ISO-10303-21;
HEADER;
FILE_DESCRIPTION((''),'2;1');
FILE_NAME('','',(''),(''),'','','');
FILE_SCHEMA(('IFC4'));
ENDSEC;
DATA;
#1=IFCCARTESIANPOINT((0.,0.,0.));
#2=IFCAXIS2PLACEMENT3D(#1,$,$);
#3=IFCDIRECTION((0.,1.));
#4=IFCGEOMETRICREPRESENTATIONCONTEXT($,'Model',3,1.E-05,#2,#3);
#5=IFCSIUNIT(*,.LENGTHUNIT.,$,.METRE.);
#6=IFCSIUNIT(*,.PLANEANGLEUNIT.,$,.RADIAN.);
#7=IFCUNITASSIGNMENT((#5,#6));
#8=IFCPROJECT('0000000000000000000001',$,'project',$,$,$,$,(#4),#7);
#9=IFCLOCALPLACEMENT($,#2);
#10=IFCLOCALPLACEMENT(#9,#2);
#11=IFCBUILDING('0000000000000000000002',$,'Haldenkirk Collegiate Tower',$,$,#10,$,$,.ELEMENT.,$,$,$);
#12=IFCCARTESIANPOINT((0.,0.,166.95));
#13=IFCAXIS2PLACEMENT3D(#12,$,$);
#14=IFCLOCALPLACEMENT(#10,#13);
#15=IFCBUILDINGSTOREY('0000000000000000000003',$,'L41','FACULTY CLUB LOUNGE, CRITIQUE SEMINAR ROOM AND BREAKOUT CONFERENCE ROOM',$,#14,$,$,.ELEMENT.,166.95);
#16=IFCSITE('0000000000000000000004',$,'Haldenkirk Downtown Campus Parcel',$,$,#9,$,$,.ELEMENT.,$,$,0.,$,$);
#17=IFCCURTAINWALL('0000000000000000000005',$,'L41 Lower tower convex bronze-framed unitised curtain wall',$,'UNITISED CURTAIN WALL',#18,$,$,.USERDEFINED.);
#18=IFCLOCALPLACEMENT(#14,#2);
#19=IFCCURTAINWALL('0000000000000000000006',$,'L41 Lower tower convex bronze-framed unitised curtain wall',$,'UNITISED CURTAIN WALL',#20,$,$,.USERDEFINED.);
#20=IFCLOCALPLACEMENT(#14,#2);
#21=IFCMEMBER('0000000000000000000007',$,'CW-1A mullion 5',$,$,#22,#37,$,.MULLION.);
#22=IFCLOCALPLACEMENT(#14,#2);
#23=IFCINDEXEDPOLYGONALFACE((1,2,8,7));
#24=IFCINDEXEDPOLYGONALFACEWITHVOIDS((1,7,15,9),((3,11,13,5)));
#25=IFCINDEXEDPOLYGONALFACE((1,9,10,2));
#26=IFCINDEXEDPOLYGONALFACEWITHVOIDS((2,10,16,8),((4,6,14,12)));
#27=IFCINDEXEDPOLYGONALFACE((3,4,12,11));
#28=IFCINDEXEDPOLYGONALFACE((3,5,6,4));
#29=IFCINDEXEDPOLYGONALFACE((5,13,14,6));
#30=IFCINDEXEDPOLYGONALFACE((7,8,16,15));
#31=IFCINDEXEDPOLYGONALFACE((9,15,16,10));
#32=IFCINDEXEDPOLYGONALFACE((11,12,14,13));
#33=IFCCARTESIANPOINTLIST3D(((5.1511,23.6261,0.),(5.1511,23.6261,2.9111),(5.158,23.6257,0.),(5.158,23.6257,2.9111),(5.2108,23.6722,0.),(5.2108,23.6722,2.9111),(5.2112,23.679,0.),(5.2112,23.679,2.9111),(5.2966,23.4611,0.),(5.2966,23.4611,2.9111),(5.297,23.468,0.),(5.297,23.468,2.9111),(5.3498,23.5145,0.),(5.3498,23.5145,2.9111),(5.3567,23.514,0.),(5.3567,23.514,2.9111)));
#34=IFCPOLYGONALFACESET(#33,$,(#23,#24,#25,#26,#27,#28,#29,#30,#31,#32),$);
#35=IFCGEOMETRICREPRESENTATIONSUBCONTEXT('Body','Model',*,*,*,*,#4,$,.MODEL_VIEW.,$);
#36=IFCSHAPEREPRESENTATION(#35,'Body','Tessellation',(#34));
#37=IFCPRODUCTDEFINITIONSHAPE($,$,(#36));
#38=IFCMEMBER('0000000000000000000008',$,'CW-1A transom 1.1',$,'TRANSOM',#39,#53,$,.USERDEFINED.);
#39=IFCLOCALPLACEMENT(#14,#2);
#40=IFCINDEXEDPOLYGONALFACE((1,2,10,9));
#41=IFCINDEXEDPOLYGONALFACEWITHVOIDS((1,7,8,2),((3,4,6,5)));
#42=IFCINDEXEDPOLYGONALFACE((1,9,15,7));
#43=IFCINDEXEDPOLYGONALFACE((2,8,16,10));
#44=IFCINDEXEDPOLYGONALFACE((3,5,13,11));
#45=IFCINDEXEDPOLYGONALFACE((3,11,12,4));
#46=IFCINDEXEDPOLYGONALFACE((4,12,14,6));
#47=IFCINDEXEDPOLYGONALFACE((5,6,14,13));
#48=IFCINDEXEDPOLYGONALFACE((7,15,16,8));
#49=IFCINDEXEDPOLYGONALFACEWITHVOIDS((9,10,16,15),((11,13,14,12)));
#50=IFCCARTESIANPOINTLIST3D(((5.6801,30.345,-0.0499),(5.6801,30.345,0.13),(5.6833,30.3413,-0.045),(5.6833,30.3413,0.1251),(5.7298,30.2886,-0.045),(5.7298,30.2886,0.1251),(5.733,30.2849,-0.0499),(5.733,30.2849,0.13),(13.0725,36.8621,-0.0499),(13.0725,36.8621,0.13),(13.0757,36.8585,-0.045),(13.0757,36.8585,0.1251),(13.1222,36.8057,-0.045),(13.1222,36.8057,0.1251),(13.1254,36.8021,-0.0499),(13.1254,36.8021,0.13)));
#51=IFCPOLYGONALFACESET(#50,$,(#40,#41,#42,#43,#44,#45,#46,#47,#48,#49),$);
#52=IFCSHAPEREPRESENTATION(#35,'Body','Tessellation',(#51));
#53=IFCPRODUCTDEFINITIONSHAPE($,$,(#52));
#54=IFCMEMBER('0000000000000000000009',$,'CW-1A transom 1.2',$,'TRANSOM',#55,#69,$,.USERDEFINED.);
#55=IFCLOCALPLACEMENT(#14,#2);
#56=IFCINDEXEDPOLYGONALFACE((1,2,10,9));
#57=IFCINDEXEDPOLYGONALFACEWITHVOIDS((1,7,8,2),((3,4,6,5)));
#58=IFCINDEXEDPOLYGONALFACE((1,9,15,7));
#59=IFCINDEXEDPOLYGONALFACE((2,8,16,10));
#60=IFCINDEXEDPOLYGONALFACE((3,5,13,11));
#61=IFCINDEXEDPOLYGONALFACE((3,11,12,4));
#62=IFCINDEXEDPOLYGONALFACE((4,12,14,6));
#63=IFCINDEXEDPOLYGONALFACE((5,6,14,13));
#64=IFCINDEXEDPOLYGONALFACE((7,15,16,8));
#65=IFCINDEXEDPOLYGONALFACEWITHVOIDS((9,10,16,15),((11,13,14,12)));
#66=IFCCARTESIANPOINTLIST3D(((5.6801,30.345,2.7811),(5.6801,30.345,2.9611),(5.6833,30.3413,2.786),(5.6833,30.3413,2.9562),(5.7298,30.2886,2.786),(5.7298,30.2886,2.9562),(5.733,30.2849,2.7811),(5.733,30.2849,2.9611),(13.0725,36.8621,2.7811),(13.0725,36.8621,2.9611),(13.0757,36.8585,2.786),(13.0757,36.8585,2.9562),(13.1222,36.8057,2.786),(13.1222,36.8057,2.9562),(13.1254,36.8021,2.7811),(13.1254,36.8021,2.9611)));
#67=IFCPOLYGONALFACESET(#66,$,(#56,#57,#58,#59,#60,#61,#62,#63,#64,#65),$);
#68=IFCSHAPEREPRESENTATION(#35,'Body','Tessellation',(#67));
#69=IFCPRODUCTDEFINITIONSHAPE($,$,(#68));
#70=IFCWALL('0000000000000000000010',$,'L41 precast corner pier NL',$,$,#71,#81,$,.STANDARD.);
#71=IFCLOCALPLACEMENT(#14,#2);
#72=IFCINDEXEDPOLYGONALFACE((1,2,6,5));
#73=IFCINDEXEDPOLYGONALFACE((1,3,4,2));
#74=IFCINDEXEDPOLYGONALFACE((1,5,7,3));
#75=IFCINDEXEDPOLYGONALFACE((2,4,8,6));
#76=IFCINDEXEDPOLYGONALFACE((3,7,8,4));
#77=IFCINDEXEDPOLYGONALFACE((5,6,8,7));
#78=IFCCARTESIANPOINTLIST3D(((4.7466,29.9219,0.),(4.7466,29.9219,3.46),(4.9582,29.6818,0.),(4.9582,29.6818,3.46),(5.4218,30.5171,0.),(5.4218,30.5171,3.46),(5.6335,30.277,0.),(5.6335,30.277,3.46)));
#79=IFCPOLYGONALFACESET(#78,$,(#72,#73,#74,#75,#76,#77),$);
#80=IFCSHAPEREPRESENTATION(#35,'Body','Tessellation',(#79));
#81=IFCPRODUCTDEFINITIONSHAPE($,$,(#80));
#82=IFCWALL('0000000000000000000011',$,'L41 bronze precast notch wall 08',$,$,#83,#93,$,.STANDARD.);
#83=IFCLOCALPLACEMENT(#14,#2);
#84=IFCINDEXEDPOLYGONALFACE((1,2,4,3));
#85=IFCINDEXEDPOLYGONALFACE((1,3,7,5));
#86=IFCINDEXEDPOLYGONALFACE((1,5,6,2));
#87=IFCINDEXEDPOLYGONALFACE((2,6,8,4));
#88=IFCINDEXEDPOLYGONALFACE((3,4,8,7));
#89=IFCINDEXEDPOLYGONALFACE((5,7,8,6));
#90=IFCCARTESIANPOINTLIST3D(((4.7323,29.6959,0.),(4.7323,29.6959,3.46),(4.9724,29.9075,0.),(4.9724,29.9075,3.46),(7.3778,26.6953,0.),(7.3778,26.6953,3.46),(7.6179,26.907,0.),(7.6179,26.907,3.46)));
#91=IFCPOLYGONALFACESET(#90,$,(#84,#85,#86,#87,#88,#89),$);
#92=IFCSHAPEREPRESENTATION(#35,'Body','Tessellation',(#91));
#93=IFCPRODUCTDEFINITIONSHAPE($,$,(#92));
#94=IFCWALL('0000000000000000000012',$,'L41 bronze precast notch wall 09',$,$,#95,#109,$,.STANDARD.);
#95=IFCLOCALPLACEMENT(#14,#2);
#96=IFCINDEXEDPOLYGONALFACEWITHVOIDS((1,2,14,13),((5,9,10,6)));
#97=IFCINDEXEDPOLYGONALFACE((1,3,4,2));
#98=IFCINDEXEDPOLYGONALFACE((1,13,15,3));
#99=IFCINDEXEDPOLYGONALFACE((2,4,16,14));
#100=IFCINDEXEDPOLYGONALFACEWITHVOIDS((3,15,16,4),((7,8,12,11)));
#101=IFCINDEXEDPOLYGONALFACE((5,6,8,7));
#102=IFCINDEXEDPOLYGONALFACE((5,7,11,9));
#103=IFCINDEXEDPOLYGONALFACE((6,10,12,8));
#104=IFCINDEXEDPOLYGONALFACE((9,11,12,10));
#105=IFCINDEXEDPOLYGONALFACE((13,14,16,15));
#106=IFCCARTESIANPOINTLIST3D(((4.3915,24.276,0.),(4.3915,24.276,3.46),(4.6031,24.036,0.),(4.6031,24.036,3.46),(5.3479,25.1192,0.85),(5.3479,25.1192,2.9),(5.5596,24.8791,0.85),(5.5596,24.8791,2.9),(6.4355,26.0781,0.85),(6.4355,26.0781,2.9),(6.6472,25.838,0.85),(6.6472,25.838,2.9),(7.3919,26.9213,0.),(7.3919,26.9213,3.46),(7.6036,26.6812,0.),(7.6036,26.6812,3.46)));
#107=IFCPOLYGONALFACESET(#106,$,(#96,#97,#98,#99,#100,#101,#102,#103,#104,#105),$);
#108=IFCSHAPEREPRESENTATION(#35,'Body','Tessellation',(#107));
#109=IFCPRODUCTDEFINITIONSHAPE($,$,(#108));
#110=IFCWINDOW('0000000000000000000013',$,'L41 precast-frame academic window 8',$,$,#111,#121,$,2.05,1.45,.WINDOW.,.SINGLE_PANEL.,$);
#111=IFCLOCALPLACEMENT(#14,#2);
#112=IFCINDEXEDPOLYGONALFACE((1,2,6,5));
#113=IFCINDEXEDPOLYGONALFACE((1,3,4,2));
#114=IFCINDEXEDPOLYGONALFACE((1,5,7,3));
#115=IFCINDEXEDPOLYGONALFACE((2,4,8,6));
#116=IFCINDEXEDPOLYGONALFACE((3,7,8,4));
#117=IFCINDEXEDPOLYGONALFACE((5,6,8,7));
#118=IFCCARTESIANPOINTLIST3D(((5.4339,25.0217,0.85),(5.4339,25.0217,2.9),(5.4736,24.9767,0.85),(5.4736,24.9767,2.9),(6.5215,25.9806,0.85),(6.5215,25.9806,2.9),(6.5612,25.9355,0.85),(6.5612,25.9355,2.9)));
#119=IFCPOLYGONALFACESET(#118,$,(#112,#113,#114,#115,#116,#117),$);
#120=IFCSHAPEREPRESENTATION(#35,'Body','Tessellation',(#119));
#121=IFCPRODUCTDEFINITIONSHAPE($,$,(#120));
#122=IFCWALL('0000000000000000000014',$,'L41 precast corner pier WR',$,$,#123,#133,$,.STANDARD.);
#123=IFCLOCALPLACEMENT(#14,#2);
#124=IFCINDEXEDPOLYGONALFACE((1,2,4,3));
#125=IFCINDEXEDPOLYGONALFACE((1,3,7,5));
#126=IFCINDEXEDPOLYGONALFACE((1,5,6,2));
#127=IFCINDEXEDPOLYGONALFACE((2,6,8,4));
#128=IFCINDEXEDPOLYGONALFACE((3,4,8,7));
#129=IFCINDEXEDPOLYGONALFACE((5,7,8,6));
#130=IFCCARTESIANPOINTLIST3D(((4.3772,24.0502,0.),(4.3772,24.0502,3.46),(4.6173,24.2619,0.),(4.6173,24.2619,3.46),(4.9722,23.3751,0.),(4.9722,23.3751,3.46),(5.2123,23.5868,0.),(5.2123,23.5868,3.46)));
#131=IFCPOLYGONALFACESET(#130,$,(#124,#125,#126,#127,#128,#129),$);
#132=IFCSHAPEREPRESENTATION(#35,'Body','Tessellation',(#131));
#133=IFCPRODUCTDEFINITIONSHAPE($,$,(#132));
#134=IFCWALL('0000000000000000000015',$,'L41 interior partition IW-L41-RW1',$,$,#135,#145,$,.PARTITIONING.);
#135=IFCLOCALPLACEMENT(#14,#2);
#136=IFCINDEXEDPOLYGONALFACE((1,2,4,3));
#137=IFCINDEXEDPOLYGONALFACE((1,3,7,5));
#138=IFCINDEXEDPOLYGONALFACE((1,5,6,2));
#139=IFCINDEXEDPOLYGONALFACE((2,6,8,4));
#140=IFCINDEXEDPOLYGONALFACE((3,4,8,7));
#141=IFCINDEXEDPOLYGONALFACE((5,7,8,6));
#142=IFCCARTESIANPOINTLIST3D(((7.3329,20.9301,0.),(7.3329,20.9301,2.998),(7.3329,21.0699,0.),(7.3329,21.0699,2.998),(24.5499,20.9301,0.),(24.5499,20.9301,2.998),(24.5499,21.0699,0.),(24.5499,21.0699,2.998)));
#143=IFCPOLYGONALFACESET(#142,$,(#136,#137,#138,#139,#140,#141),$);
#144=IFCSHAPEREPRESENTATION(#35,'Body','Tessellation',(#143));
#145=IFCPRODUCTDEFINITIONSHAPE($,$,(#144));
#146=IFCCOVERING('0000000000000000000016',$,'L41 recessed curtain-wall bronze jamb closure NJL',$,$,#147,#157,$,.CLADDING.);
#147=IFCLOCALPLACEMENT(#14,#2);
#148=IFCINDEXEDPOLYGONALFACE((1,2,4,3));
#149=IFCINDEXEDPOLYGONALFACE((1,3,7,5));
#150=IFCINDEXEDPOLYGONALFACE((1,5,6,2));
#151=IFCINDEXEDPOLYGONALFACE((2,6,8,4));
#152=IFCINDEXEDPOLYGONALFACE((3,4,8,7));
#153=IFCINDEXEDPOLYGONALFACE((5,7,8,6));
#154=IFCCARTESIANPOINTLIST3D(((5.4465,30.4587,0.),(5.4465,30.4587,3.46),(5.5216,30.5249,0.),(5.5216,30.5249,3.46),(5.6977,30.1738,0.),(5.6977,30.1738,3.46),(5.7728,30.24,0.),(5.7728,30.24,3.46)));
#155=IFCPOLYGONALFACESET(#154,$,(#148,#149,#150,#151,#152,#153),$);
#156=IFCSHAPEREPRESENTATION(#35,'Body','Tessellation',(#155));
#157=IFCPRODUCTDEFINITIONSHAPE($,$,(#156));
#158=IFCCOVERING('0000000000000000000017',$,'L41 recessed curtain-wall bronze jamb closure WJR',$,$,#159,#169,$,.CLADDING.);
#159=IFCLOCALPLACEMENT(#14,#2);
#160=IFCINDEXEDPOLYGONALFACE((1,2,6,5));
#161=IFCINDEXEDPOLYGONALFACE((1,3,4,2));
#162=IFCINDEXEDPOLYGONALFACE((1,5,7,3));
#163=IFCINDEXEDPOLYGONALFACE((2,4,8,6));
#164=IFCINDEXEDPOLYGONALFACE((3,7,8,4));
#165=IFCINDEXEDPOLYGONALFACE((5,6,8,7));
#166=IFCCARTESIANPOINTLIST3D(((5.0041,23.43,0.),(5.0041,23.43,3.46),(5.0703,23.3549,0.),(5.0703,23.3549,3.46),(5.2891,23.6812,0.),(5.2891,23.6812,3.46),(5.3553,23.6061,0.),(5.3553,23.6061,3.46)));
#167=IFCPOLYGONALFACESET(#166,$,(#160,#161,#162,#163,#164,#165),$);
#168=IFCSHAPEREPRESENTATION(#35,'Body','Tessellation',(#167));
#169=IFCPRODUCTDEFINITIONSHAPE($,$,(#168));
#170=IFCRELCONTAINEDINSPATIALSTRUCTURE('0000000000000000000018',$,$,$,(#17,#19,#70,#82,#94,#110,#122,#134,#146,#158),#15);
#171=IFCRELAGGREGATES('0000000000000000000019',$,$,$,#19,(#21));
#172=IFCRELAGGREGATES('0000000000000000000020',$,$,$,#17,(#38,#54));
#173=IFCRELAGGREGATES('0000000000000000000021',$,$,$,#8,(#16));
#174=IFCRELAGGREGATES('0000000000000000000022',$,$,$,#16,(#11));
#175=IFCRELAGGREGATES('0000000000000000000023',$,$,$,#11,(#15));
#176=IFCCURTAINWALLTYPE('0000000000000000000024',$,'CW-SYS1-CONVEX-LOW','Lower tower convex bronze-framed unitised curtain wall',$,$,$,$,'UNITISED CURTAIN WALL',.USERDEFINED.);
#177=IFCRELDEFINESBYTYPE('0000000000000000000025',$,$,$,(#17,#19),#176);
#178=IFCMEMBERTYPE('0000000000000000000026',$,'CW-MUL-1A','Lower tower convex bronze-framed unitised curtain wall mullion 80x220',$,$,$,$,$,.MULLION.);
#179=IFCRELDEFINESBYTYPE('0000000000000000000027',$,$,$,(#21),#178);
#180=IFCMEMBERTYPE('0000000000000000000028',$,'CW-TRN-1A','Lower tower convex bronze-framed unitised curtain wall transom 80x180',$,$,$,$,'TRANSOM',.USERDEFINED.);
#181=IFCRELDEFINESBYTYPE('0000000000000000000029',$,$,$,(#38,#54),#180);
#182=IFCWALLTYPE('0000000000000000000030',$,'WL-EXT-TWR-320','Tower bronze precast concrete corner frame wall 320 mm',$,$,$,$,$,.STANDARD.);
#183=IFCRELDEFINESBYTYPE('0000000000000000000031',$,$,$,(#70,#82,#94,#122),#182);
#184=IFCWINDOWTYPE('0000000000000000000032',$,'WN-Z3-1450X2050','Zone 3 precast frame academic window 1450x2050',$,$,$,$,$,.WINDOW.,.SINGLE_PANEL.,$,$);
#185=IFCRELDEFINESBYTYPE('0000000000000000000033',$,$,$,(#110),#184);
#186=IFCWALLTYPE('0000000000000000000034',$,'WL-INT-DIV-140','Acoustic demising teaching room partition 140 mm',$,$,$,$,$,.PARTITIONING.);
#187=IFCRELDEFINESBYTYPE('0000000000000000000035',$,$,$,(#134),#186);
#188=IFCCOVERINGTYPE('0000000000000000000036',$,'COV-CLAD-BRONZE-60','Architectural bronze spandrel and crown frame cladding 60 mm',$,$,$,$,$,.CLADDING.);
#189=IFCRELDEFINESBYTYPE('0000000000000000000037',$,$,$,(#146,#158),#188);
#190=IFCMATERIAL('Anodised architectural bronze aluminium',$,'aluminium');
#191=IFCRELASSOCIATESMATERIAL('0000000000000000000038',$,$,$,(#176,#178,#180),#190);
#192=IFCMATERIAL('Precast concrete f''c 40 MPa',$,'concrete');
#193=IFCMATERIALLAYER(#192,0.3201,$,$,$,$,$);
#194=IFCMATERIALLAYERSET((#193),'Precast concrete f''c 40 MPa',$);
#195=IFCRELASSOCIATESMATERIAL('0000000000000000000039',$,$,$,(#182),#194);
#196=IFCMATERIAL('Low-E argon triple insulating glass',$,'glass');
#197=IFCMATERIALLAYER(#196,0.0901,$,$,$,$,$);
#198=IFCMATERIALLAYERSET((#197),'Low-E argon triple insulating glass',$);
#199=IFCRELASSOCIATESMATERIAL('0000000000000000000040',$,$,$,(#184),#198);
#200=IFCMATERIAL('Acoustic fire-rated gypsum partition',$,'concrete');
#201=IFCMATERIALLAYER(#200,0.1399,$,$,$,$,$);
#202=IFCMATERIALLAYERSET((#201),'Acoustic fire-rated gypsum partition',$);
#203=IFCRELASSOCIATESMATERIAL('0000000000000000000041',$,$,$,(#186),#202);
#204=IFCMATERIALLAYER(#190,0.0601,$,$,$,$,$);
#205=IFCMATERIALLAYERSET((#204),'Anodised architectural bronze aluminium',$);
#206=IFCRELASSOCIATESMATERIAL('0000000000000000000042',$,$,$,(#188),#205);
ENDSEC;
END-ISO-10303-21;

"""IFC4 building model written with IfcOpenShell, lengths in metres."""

from ifc_helpers import new_model, si_unit, direction, frame, frame_2d, origin, origin_2d, place, context, subcontext, project, spatial, rectangle, hollow_rectangle, extrude, source, transform, mapped, material, layer, layer_set, material_profile, profile_set, type_object, element, fill, aggregate, save


model = new_model("IFC4")

# Units and contexts
model_context = context("Model", 3, precision=1e-05, world=origin(), true_north=direction((0.0, 1.0)))
body_context = subcontext(model_context, "Body", "Model", "MODEL_VIEW")
ifc_project = project(units=[si_unit("LENGTHUNIT", "METRE"), si_unit("PLANEANGLEUNIT", "RADIAN")], contexts=[model_context])

# Site, building, storey
site_placement = place(None, origin())
site = spatial("IfcSite", under=ifc_project, at=site_placement, Name="Haldenkirk Downtown Campus Parcel", CompositionType="ELEMENT", RefElevation=0.0)
building_placement = place(site_placement, origin())
building = spatial("IfcBuilding", under=site, at=building_placement, Name="Haldenkirk Collegiate Tower", CompositionType="ELEMENT")
storey_placement = place(building_placement, frame((0.0, 0.0, 166.95)))
storey = spatial("IfcBuildingStorey", under=building, at=storey_placement, Name="L41", Description="FACULTY CLUB LOUNGE, CRITIQUE SEMINAR ROOM AND BREAKOUT CONFERENCE ROOM", CompositionType="ELEMENT", Elevation=166.95)

# Curtain walls, member
ifc_material_1 = material(Name="Anodised architectural bronze aluminium", Category="aluminium")
curtain_wall_type = type_object("IfcCurtainWallType", Name="CW-SYS1-CONVEX-LOW", Description="Lower tower convex bronze-framed unitised curtain wall", ElementType="UNITISED CURTAIN WALL", PredefinedType="USERDEFINED", material=ifc_material_1)
curtain_wall_1_placement = place(storey_placement, origin())
curtain_wall_1 = element("IfcCurtainWall", 1, at=curtain_wall_1_placement, inside=storey, type_object=curtain_wall_type, Name="L41 Lower tower convex bronze-framed unitised curtain wall", ObjectType="UNITISED CURTAIN WALL", PredefinedType="USERDEFINED")
ifc_material_profile_1 = material_profile(ifc_material_1, hollow_rectangle(XDim=0.0801, YDim=0.22, WallThickness=0.0049, at=origin_2d()), Name="CW-MUL-1A")
ifc_profile_set_1 = profile_set([ifc_material_profile_1], Name="Anodised architectural bronze aluminium")
member_type_1 = type_object("IfcMemberType", Name="CW-MUL-1A", Description="Lower tower convex bronze-framed unitised curtain wall mullion 80x220", PredefinedType="MULLION", material=ifc_profile_set_1)
curtain_wall_2_placement = place(storey_placement, origin())
curtain_wall_2 = element("IfcCurtainWall", 2, at=curtain_wall_2_placement, inside=storey, type_object=curtain_wall_type, Name="L41 Lower tower convex bronze-framed unitised curtain wall", ObjectType="UNITISED CURTAIN WALL", PredefinedType="USERDEFINED")
member_1_placement = place(storey_placement, frame((5.2539, 23.5701, 0.0), z_axis=(0.0, 0.0, 1.0), x_axis=(-0.750113, -0.66131, 0.0)))
member_1 = element("IfcMember", 3, at=member_1_placement, type_object=member_type_1, Name="CW-1A mullion 5", PredefinedType="MULLION", context=body_context, shape_type="SweptSolid", body=[
    extrude(hollow_rectangle(XDim=0.0801, YDim=0.22, WallThickness=0.0049, at=origin_2d()), origin(), (0.0, 0.0, 1.0), 2.9111),
])
aggregate(curtain_wall_2, [member_1])

# Members
ifc_material_profile_2 = material_profile(ifc_material_1, hollow_rectangle(XDim=0.0801, YDim=0.1799, WallThickness=0.0049, at=origin_2d()), Name="CW-TRN-1A")
ifc_profile_set_2 = profile_set([ifc_material_profile_2], Name="Anodised architectural bronze aluminium")
member_type_2 = type_object("IfcMemberType", Name="CW-TRN-1A", Description="Lower tower convex bronze-framed unitised curtain wall transom 80x180", ElementType="TRANSOM", PredefinedType="USERDEFINED", material=ifc_profile_set_2)
member_2_placement = place(storey_placement, frame((5.7065, 30.3149, 0.04), z_axis=(0.750118, 0.661304, 0.0), x_axis=(-0.661304, 0.750118, 0.0)))
member_2 = element("IfcMember", 4, at=member_2_placement, type_object=member_type_2, Name="CW-1A transom 1.1", ObjectType="TRANSOM", PredefinedType="USERDEFINED", context=body_context, shape_type="SweptSolid", body=[
    extrude(hollow_rectangle(XDim=0.0801, YDim=0.1799, WallThickness=0.0049, at=origin_2d()), origin(), (0.0, 0.0, 1.0), 9.855),
])
member_3_placement = place(storey_placement, frame((5.7065, 30.3149, 2.8711), z_axis=(0.750118, 0.661304, 0.0), x_axis=(-0.661304, 0.750118, 0.0)))
member_3 = element("IfcMember", 5, at=member_3_placement, type_object=member_type_2, Name="CW-1A transom 1.2", ObjectType="TRANSOM", PredefinedType="USERDEFINED", context=body_context, shape_type="SweptSolid", body=[
    extrude(hollow_rectangle(XDim=0.0801, YDim=0.1799, WallThickness=0.0049, at=origin_2d()), origin(), (0.0, 0.0, 1.0), 9.855),
])
aggregate(curtain_wall_1, [member_2, member_3])

# Walls
ifc_material_2 = material(Name="Precast concrete f'c 40 MPa", Category="concrete")
ifc_layer_1 = layer(ifc_material_2, 0.3201)
ifc_layer_set_1 = layer_set([ifc_layer_1], Name="Precast concrete f'c 40 MPa")
wall_type_1 = type_object("IfcWallType", Name="WL-EXT-TWR-320", Description="Tower bronze precast concrete corner frame wall 320 mm", PredefinedType="STANDARD", material=ifc_layer_set_1)
wall_1_placement = place(storey_placement, frame((4.8523, 29.8018, 0.0), z_axis=(0.0, 0.0, 1.0), x_axis=(0.750186, 0.661227, 0.0)))
element("IfcWall", 6, at=wall_1_placement, inside=storey, type_object=wall_type_1, Name="L41 precast corner pier NL", PredefinedType="STANDARD", context=body_context, shape_type="SweptSolid", body=[
    extrude(rectangle(XDim=0.9001, YDim=0.3201, at=frame_2d((0.4502, 0.0))), origin(), (0.0, 0.0, 1.0), 3.46),
])
wall_2_placement = place(storey_placement, frame((7.4978, 26.8013, 0.0), z_axis=(0.0, 0.0, 1.0), x_axis=(-0.661343, 0.750084, 0.0)))
element("IfcWall", 7, at=wall_2_placement, inside=storey, type_object=wall_type_1, Name="L41 bronze precast notch wall 08", PredefinedType="STANDARD", context=body_context, shape_type="SweptSolid", body=[
    extrude(rectangle(XDim=4.0002, YDim=0.3201, at=frame_2d((2.0, 0.0))), origin(), (0.0, 0.0, 1.0), 3.46),
])

# Wall, opening, window
wall_3_placement = place(storey_placement, frame((4.4973, 24.156, 0.0), z_axis=(0.0, 0.0, 1.0), x_axis=(0.750114, 0.661309, 0.0)))
wall_3 = element("IfcWall", 8, at=wall_3_placement, inside=storey, type_object=wall_type_1, Name="L41 bronze precast notch wall 09", PredefinedType="STANDARD", context=body_context, shape_type="SweptSolid", body=[
    extrude(rectangle(XDim=4.0, YDim=0.3201, at=frame_2d((2.0, 0.0))), origin(), (0.0, 0.0, 1.0), 3.46),
])
opening_placement = place(wall_3_placement, frame((1.2749, 0.0, 0.8501)))
opening = element("IfcOpeningElement", 9, at=opening_placement, cuts=wall_3, PredefinedType="OPENING", context=body_context, shape_type="SweptSolid", body=[
    extrude(rectangle(XDim=1.45, YDim=2.05, at=frame_2d((0.7251, 1.0249))), frame((0.0, 0.1699, 0.0), z_axis=(0.0, -1.0, 0.0), x_axis=(1.0, 0.0, 0.0)), (0.0, 0.0, 1.0), 0.3401),
])
ifc_material_3 = material(Name="Low-E argon triple insulating glass", Category="glass")
ifc_layer_2 = layer(ifc_material_3, 0.0901)
ifc_layer_set_2 = layer_set([ifc_layer_2], Name="Low-E argon triple insulating glass")
window_type = type_object("IfcWindowType", Name="WN-Z3-1450X2050", Description="Zone 3 precast frame academic window 1450x2050", PartitioningType="SINGLE_PANEL", PredefinedType="WINDOW", material=ifc_layer_set_2)
window_placement = place(opening_placement, origin())
window = element("IfcWindow", 10, at=window_placement, inside=storey, type_object=window_type, Name="L41 precast-frame academic window 8", OverallHeight=2.05, OverallWidth=1.45, PartitioningType="SINGLE_PANEL", PredefinedType="WINDOW", context=body_context, shape_type="SweptSolid", body=[
    extrude(rectangle(XDim=1.45, YDim=2.05, at=frame_2d((0.7251, 1.0249))), frame((0.0, 0.03, 0.0), z_axis=(0.0, -1.0, 0.0), x_axis=(1.0, 0.0, 0.0)), (0.0, 0.0, 1.0), 0.0601),
])
fill(opening, window)

# Walls
wall_4_placement = place(storey_placement, frame((5.0923, 23.481, 0.0), z_axis=(0.0, 0.0, 1.0), x_axis=(-0.661209, 0.750202, 0.0)))
element("IfcWall", 11, at=wall_4_placement, inside=storey, type_object=wall_type_1, Name="L41 precast corner pier WR", PredefinedType="STANDARD", context=body_context, shape_type="SweptSolid", body=[
    extrude(rectangle(XDim=0.8999, YDim=0.3201, at=frame_2d((0.45, 0.0))), origin(), (0.0, 0.0, 1.0), 3.46),
])
ifc_material_4 = material(Name="Acoustic fire-rated gypsum partition", Category="concrete")
ifc_layer_3 = layer(ifc_material_4, 0.1399)
ifc_layer_set_3 = layer_set([ifc_layer_3], Name="Acoustic fire-rated gypsum partition")
wall_type_2 = type_object("IfcWallType", Name="WL-INT-DIV-140", Description="Acoustic demising teaching room partition 140 mm", PredefinedType="PARTITIONING", material=ifc_layer_set_3)
wall_5_placement = place(storey_placement, frame((7.333, 21.0, 0.0), z_axis=(0.0, 0.0, 1.0), x_axis=(1.0, 0.0, 0.0)))
element("IfcWall", 12, at=wall_5_placement, inside=storey, type_object=wall_type_2, Name="L41 interior partition IW-L41-RW1", PredefinedType="PARTITIONING", context=body_context, shape_type="SweptSolid", body=[
    extrude(rectangle(XDim=17.217, YDim=0.1399, at=frame_2d((8.6084, 0.0))), origin(), (0.0, 0.0, 1.0), 2.998),
])

# Coverings
ifc_layer_4 = layer(ifc_material_1, 0.0601)
ifc_layer_set_4 = layer_set([ifc_layer_4], Name="Anodised architectural bronze aluminium")
covering_type = type_object("IfcCoveringType", Name="COV-CLAD-BRONZE-60", Description="Architectural bronze spandrel and crown frame cladding 60 mm", PredefinedType="CLADDING", material=ifc_layer_set_4)
shared_shape = source(origin(), body_context, "Body", "SweptSolid", [
    extrude(rectangle(XDim=0.1001, YDim=0.3799, at=origin_2d()), origin(), (0.0, 0.0, 1.0), 3.46),
])
for number, where, z_axis, x_axis, name in (
    (13, (5.6096, 30.3494, 0.0), (0.0, 0.0, 1.0), (0.750111, 0.661312, 0.0), "L41 recessed curtain-wall bronze jamb closure NJL"),
    (14, (5.1797, 23.5181, 0.0), (0.0, 0.0, 1.0), (-0.661312, 0.750111, 0.0), "L41 recessed curtain-wall bronze jamb closure WJR"),
):
    element("IfcCovering", number, at=place(storey_placement, frame(where, z_axis=z_axis, x_axis=x_axis)), inside=storey, type_object=covering_type, Name=name, PredefinedType="CLADDING", context=body_context, shape_type="MappedRepresentation", body=[
        mapped(shared_shape, transform((0.0, 0.0, 0.0), x_axis=(1.0, 0.0, 0.0), y_axis=(0.0, 1.0, 0.0), z_axis=(0.0, 0.0, 1.0), scale=1.0)),
    ])

save(model, "model.ifc")
